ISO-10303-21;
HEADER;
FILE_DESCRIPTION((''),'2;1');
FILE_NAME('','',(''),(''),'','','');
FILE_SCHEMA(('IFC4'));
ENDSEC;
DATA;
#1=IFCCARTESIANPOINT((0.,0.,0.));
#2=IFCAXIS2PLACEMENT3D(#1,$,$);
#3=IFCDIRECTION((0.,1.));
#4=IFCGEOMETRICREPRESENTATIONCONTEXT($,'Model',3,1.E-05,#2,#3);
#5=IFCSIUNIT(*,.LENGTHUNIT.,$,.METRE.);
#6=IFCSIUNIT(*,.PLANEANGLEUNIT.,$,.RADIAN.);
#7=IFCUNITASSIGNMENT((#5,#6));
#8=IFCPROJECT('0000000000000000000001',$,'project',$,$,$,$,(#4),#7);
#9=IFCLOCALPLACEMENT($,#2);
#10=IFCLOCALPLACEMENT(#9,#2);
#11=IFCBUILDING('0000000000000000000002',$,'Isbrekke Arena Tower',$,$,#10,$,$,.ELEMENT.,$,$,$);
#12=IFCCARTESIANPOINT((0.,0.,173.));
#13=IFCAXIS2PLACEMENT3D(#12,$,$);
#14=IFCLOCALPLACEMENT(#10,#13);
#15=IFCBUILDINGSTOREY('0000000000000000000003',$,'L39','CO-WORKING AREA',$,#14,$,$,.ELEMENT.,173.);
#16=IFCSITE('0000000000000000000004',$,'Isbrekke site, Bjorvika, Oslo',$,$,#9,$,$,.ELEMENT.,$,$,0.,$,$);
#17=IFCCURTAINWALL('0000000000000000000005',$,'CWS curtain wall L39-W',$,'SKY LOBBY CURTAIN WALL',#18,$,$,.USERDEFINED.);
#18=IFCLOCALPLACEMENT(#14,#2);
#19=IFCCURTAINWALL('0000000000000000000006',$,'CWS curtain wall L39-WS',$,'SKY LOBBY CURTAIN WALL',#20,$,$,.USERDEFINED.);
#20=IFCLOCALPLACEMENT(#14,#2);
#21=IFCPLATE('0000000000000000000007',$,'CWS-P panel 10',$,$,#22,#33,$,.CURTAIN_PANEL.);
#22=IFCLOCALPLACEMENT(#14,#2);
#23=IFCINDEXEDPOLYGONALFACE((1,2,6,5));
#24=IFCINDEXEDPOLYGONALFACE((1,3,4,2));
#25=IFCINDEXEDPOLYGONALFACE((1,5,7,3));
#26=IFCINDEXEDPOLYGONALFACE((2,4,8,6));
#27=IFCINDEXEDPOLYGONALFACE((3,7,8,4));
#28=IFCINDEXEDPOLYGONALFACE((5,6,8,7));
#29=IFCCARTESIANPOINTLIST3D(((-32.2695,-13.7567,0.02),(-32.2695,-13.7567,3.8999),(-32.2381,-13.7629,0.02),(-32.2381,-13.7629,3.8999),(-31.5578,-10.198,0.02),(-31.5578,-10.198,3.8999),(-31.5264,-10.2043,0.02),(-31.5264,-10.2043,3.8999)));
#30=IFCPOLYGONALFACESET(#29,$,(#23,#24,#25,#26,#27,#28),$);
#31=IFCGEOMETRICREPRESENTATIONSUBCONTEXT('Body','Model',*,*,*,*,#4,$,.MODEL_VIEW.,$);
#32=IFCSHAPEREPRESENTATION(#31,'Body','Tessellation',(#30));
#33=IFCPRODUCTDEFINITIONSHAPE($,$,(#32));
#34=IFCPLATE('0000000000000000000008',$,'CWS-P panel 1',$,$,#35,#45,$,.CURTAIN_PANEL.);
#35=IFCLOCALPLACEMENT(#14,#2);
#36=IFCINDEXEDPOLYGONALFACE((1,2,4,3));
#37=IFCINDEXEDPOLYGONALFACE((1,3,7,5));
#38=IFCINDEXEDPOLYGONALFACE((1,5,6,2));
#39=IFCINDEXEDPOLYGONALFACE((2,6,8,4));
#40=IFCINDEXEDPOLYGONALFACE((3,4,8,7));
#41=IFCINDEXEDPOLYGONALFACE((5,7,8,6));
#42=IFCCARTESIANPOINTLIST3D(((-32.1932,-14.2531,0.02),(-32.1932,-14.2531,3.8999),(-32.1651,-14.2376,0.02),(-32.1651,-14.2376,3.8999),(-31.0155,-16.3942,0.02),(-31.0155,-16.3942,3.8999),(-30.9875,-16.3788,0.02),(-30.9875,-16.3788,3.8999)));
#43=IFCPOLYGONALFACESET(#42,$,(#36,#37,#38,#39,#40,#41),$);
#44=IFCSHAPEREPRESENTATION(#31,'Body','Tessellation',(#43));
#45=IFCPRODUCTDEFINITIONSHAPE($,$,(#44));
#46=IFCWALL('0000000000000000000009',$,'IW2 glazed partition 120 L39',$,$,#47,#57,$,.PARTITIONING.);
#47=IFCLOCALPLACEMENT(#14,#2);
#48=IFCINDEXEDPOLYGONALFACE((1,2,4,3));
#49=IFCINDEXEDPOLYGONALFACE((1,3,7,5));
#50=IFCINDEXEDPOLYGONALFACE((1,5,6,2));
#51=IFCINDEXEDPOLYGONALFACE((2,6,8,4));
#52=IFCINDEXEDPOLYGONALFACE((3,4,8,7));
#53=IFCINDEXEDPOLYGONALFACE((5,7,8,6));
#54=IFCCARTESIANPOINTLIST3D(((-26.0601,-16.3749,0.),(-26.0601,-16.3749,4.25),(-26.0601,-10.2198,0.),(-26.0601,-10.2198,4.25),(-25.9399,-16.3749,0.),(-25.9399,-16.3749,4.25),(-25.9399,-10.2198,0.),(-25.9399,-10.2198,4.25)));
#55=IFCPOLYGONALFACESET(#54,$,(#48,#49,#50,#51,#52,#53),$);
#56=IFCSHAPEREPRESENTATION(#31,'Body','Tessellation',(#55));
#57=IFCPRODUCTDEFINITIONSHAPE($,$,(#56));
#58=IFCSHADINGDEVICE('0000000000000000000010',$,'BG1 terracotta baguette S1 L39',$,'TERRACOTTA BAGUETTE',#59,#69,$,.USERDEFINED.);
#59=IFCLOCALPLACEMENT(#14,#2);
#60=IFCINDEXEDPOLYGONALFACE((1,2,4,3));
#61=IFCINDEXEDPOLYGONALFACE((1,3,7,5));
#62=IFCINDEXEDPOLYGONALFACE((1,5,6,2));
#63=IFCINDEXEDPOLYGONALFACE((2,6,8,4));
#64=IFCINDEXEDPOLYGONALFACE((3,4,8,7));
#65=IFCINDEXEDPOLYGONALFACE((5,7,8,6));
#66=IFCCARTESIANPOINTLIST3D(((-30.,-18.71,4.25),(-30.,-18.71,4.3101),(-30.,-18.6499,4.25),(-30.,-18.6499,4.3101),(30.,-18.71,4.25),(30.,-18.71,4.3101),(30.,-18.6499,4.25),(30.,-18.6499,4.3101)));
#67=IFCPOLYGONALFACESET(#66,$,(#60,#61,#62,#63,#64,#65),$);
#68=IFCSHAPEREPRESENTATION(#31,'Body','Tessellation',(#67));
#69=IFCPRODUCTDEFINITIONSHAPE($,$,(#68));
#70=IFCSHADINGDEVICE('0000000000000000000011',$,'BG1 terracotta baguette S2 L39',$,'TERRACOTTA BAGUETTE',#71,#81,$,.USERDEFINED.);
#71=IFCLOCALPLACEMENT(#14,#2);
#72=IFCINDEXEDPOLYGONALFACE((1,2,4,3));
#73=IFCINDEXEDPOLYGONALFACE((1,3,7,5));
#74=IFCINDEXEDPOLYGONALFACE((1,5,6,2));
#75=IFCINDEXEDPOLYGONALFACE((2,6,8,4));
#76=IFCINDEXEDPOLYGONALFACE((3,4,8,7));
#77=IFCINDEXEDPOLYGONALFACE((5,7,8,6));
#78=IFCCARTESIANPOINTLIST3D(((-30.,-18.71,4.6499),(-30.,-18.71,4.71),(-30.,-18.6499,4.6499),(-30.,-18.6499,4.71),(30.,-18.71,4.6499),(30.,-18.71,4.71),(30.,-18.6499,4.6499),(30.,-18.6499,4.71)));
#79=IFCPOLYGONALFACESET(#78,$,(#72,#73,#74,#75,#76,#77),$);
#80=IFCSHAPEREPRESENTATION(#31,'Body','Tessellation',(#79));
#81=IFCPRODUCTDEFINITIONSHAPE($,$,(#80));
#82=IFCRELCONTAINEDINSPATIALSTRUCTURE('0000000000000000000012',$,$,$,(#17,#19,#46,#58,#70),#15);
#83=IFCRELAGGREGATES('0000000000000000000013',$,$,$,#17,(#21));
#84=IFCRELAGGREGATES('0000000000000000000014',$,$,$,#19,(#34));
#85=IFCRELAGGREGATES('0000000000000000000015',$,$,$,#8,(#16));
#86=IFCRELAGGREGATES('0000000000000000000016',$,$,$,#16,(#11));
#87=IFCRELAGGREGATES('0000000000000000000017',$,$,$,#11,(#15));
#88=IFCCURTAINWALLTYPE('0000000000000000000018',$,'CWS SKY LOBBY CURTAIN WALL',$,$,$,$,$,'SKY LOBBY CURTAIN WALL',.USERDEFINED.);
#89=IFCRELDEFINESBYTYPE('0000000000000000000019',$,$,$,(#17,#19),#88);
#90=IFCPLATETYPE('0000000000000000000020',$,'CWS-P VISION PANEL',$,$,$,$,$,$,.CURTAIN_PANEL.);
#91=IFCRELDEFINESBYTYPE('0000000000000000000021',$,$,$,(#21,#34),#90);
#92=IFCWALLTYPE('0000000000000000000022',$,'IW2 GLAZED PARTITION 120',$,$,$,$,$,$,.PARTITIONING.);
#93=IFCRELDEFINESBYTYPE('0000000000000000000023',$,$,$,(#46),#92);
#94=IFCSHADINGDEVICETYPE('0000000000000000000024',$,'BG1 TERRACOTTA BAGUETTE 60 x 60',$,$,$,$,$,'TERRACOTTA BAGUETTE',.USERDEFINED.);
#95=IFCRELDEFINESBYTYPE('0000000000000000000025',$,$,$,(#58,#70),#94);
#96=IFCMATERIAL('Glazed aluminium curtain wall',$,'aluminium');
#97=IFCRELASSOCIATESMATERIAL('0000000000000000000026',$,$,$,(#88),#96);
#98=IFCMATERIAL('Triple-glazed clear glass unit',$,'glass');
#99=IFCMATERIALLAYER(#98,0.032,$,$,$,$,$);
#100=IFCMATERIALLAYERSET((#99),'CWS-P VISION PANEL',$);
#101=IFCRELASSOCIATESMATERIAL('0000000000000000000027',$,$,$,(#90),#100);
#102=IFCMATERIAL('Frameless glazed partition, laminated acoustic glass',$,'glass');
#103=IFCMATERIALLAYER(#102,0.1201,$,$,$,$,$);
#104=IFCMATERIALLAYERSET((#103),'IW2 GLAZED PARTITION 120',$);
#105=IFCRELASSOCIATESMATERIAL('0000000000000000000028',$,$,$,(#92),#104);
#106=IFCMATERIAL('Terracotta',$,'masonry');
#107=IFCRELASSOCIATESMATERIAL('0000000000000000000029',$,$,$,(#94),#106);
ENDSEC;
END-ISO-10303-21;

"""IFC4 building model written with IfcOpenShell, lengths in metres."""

from ifc_helpers import new_model, si_unit, direction, frame, frame_2d, origin, origin_2d, place, context, subcontext, project, spatial, rectangle, extrude, material, layer, layer_set, material_profile, profile_set, type_object, element, aggregate, save


model = new_model("IFC4")

# Units and contexts
model_context = context("Model", 3, precision=1e-05, world=origin(), true_north=direction((0.0, 1.0)))
body_context = subcontext(model_context, "Body", "Model", "MODEL_VIEW")
ifc_project = project(units=[si_unit("LENGTHUNIT", "METRE"), si_unit("PLANEANGLEUNIT", "RADIAN")], contexts=[model_context])

# Site, building, storey
site_placement = place(None, origin())
site = spatial("IfcSite", under=ifc_project, at=site_placement, Name="Isbrekke site, Bjorvika, Oslo", CompositionType="ELEMENT", RefElevation=0.0)
building_placement = place(site_placement, origin())
building = spatial("IfcBuilding", under=site, at=building_placement, Name="Isbrekke Arena Tower", CompositionType="ELEMENT")
storey_placement = place(building_placement, frame((0.0, 0.0, 173.0)))
storey = spatial("IfcBuildingStorey", under=building, at=storey_placement, Name="L39", Description="CO-WORKING AREA", CompositionType="ELEMENT", Elevation=173.0)

# Shared definitions
ifc_material_1 = material(Name="Glazed aluminium curtain wall", Category="aluminium")
curtain_wall_type = type_object("IfcCurtainWallType", Name="CWS SKY LOBBY CURTAIN WALL", ElementType="SKY LOBBY CURTAIN WALL", PredefinedType="USERDEFINED", material=ifc_material_1)

# Curtain walls
curtain_wall_1_placement = place(storey_placement, origin())
curtain_wall_1 = element("IfcCurtainWall", 1, at=curtain_wall_1_placement, inside=storey, type_object=curtain_wall_type, Name="CWS curtain wall L39-W", ObjectType="SKY LOBBY CURTAIN WALL", PredefinedType="USERDEFINED")
curtain_wall_2_placement = place(storey_placement, origin())
curtain_wall_2 = element("IfcCurtainWall", 2, at=curtain_wall_2_placement, inside=storey, type_object=curtain_wall_type, Name="CWS curtain wall L39-WS", ObjectType="SKY LOBBY CURTAIN WALL", PredefinedType="USERDEFINED")

# Plates
ifc_material_2 = material(Name="Triple-glazed clear glass unit", Category="glass")
ifc_layer_1 = layer(ifc_material_2, 0.032)
ifc_layer_set_1 = layer_set([ifc_layer_1], Name="CWS-P VISION PANEL")
plate_type = type_object("IfcPlateType", Name="CWS-P VISION PANEL", PredefinedType="CURTAIN_PANEL", material=ifc_layer_set_1)
plate_1_placement = place(storey_placement, frame((-31.8979, -11.9805, 0.02), z_axis=(0.0, 0.0, 1.0), x_axis=(-0.196116, -0.980581, 0.0)))
plate_1 = element("IfcPlate", 3, at=plate_1_placement, type_object=plate_type, Name="CWS-P panel 10", PredefinedType="CURTAIN_PANEL", context=body_context, shape_type="SweptSolid", body=[
    extrude(rectangle(XDim=3.6292, YDim=0.032, at=origin_2d()), origin(), (0.0, 0.0, 1.0), 3.8799),
])
aggregate(curtain_wall_1, [plate_1])
plate_2_placement = place(storey_placement, frame((-31.5903, -15.3159, 0.02), z_axis=(0.0, 0.0, 1.0), x_axis=(0.481919, -0.876216, 0.0)))
plate_2 = element("IfcPlate", 4, at=plate_2_placement, type_object=plate_type, Name="CWS-P panel 1", PredefinedType="CURTAIN_PANEL", context=body_context, shape_type="SweptSolid", body=[
    extrude(rectangle(XDim=2.4436, YDim=0.032, at=origin_2d()), origin(), (0.0, 0.0, 1.0), 3.8799),
])
aggregate(curtain_wall_2, [plate_2])

# Wall
ifc_material_3 = material(Name="Frameless glazed partition, laminated acoustic glass", Category="glass")
ifc_layer_2 = layer(ifc_material_3, 0.1201)
ifc_layer_set_2 = layer_set([ifc_layer_2], Name="IW2 GLAZED PARTITION 120")
wall_type = type_object("IfcWallType", Name="IW2 GLAZED PARTITION 120", PredefinedType="PARTITIONING", material=ifc_layer_set_2)
wall_placement = place(storey_placement, frame((-26.0, -16.375, 0.0), z_axis=(0.0, 0.0, 1.0), x_axis=(0.0, 1.0, 0.0)))
element("IfcWall", 5, at=wall_placement, inside=storey, type_object=wall_type, Name="IW2 glazed partition 120 L39", PredefinedType="PARTITIONING", context=body_context, shape_type="SweptSolid", body=[
    extrude(rectangle(XDim=6.155, YDim=0.1201, at=frame_2d((3.0776, 0.0))), origin(), (0.0, 0.0, 1.0), 4.25),
])

# Shading devices
ifc_material_4 = material(Name="Terracotta", Category="masonry")
ifc_material_profile_1 = material_profile(ifc_material_4, rectangle(XDim=0.0601, YDim=0.0601, at=origin_2d()), Name="BAGUETTE 60X60")
ifc_profile_set_1 = profile_set([ifc_material_profile_1], Name="Terracotta")
shading_device_type = type_object("IfcShadingDeviceType", Name="BG1 TERRACOTTA BAGUETTE 60 x 60", ElementType="TERRACOTTA BAGUETTE", PredefinedType="USERDEFINED", material=ifc_profile_set_1)
for number, where, z_axis, x_axis, name in (
    (6, (-30.0, -18.6799, 4.28), (1.0, 0.0, 0.0), (0.0, 1.0, 0.0), "BG1 terracotta baguette S1 L39"),
    (7, (-30.0, -18.6799, 4.6799), (1.0, 0.0, 0.0), (0.0, 1.0, 0.0), "BG1 terracotta baguette S2 L39"),
):
    element("IfcShadingDevice", number, at=place(storey_placement, frame(where, z_axis=z_axis, x_axis=x_axis)), inside=storey, type_object=shading_device_type, Name=name, ObjectType="TERRACOTTA BAGUETTE", PredefinedType="USERDEFINED", context=body_context, shape_type="SweptSolid", body=[
        extrude(rectangle(XDim=0.0601, YDim=0.0601, at=origin_2d()), origin(), (0.0, 0.0, 1.0), 60.0),
    ])

save(model, "model.ifc")
